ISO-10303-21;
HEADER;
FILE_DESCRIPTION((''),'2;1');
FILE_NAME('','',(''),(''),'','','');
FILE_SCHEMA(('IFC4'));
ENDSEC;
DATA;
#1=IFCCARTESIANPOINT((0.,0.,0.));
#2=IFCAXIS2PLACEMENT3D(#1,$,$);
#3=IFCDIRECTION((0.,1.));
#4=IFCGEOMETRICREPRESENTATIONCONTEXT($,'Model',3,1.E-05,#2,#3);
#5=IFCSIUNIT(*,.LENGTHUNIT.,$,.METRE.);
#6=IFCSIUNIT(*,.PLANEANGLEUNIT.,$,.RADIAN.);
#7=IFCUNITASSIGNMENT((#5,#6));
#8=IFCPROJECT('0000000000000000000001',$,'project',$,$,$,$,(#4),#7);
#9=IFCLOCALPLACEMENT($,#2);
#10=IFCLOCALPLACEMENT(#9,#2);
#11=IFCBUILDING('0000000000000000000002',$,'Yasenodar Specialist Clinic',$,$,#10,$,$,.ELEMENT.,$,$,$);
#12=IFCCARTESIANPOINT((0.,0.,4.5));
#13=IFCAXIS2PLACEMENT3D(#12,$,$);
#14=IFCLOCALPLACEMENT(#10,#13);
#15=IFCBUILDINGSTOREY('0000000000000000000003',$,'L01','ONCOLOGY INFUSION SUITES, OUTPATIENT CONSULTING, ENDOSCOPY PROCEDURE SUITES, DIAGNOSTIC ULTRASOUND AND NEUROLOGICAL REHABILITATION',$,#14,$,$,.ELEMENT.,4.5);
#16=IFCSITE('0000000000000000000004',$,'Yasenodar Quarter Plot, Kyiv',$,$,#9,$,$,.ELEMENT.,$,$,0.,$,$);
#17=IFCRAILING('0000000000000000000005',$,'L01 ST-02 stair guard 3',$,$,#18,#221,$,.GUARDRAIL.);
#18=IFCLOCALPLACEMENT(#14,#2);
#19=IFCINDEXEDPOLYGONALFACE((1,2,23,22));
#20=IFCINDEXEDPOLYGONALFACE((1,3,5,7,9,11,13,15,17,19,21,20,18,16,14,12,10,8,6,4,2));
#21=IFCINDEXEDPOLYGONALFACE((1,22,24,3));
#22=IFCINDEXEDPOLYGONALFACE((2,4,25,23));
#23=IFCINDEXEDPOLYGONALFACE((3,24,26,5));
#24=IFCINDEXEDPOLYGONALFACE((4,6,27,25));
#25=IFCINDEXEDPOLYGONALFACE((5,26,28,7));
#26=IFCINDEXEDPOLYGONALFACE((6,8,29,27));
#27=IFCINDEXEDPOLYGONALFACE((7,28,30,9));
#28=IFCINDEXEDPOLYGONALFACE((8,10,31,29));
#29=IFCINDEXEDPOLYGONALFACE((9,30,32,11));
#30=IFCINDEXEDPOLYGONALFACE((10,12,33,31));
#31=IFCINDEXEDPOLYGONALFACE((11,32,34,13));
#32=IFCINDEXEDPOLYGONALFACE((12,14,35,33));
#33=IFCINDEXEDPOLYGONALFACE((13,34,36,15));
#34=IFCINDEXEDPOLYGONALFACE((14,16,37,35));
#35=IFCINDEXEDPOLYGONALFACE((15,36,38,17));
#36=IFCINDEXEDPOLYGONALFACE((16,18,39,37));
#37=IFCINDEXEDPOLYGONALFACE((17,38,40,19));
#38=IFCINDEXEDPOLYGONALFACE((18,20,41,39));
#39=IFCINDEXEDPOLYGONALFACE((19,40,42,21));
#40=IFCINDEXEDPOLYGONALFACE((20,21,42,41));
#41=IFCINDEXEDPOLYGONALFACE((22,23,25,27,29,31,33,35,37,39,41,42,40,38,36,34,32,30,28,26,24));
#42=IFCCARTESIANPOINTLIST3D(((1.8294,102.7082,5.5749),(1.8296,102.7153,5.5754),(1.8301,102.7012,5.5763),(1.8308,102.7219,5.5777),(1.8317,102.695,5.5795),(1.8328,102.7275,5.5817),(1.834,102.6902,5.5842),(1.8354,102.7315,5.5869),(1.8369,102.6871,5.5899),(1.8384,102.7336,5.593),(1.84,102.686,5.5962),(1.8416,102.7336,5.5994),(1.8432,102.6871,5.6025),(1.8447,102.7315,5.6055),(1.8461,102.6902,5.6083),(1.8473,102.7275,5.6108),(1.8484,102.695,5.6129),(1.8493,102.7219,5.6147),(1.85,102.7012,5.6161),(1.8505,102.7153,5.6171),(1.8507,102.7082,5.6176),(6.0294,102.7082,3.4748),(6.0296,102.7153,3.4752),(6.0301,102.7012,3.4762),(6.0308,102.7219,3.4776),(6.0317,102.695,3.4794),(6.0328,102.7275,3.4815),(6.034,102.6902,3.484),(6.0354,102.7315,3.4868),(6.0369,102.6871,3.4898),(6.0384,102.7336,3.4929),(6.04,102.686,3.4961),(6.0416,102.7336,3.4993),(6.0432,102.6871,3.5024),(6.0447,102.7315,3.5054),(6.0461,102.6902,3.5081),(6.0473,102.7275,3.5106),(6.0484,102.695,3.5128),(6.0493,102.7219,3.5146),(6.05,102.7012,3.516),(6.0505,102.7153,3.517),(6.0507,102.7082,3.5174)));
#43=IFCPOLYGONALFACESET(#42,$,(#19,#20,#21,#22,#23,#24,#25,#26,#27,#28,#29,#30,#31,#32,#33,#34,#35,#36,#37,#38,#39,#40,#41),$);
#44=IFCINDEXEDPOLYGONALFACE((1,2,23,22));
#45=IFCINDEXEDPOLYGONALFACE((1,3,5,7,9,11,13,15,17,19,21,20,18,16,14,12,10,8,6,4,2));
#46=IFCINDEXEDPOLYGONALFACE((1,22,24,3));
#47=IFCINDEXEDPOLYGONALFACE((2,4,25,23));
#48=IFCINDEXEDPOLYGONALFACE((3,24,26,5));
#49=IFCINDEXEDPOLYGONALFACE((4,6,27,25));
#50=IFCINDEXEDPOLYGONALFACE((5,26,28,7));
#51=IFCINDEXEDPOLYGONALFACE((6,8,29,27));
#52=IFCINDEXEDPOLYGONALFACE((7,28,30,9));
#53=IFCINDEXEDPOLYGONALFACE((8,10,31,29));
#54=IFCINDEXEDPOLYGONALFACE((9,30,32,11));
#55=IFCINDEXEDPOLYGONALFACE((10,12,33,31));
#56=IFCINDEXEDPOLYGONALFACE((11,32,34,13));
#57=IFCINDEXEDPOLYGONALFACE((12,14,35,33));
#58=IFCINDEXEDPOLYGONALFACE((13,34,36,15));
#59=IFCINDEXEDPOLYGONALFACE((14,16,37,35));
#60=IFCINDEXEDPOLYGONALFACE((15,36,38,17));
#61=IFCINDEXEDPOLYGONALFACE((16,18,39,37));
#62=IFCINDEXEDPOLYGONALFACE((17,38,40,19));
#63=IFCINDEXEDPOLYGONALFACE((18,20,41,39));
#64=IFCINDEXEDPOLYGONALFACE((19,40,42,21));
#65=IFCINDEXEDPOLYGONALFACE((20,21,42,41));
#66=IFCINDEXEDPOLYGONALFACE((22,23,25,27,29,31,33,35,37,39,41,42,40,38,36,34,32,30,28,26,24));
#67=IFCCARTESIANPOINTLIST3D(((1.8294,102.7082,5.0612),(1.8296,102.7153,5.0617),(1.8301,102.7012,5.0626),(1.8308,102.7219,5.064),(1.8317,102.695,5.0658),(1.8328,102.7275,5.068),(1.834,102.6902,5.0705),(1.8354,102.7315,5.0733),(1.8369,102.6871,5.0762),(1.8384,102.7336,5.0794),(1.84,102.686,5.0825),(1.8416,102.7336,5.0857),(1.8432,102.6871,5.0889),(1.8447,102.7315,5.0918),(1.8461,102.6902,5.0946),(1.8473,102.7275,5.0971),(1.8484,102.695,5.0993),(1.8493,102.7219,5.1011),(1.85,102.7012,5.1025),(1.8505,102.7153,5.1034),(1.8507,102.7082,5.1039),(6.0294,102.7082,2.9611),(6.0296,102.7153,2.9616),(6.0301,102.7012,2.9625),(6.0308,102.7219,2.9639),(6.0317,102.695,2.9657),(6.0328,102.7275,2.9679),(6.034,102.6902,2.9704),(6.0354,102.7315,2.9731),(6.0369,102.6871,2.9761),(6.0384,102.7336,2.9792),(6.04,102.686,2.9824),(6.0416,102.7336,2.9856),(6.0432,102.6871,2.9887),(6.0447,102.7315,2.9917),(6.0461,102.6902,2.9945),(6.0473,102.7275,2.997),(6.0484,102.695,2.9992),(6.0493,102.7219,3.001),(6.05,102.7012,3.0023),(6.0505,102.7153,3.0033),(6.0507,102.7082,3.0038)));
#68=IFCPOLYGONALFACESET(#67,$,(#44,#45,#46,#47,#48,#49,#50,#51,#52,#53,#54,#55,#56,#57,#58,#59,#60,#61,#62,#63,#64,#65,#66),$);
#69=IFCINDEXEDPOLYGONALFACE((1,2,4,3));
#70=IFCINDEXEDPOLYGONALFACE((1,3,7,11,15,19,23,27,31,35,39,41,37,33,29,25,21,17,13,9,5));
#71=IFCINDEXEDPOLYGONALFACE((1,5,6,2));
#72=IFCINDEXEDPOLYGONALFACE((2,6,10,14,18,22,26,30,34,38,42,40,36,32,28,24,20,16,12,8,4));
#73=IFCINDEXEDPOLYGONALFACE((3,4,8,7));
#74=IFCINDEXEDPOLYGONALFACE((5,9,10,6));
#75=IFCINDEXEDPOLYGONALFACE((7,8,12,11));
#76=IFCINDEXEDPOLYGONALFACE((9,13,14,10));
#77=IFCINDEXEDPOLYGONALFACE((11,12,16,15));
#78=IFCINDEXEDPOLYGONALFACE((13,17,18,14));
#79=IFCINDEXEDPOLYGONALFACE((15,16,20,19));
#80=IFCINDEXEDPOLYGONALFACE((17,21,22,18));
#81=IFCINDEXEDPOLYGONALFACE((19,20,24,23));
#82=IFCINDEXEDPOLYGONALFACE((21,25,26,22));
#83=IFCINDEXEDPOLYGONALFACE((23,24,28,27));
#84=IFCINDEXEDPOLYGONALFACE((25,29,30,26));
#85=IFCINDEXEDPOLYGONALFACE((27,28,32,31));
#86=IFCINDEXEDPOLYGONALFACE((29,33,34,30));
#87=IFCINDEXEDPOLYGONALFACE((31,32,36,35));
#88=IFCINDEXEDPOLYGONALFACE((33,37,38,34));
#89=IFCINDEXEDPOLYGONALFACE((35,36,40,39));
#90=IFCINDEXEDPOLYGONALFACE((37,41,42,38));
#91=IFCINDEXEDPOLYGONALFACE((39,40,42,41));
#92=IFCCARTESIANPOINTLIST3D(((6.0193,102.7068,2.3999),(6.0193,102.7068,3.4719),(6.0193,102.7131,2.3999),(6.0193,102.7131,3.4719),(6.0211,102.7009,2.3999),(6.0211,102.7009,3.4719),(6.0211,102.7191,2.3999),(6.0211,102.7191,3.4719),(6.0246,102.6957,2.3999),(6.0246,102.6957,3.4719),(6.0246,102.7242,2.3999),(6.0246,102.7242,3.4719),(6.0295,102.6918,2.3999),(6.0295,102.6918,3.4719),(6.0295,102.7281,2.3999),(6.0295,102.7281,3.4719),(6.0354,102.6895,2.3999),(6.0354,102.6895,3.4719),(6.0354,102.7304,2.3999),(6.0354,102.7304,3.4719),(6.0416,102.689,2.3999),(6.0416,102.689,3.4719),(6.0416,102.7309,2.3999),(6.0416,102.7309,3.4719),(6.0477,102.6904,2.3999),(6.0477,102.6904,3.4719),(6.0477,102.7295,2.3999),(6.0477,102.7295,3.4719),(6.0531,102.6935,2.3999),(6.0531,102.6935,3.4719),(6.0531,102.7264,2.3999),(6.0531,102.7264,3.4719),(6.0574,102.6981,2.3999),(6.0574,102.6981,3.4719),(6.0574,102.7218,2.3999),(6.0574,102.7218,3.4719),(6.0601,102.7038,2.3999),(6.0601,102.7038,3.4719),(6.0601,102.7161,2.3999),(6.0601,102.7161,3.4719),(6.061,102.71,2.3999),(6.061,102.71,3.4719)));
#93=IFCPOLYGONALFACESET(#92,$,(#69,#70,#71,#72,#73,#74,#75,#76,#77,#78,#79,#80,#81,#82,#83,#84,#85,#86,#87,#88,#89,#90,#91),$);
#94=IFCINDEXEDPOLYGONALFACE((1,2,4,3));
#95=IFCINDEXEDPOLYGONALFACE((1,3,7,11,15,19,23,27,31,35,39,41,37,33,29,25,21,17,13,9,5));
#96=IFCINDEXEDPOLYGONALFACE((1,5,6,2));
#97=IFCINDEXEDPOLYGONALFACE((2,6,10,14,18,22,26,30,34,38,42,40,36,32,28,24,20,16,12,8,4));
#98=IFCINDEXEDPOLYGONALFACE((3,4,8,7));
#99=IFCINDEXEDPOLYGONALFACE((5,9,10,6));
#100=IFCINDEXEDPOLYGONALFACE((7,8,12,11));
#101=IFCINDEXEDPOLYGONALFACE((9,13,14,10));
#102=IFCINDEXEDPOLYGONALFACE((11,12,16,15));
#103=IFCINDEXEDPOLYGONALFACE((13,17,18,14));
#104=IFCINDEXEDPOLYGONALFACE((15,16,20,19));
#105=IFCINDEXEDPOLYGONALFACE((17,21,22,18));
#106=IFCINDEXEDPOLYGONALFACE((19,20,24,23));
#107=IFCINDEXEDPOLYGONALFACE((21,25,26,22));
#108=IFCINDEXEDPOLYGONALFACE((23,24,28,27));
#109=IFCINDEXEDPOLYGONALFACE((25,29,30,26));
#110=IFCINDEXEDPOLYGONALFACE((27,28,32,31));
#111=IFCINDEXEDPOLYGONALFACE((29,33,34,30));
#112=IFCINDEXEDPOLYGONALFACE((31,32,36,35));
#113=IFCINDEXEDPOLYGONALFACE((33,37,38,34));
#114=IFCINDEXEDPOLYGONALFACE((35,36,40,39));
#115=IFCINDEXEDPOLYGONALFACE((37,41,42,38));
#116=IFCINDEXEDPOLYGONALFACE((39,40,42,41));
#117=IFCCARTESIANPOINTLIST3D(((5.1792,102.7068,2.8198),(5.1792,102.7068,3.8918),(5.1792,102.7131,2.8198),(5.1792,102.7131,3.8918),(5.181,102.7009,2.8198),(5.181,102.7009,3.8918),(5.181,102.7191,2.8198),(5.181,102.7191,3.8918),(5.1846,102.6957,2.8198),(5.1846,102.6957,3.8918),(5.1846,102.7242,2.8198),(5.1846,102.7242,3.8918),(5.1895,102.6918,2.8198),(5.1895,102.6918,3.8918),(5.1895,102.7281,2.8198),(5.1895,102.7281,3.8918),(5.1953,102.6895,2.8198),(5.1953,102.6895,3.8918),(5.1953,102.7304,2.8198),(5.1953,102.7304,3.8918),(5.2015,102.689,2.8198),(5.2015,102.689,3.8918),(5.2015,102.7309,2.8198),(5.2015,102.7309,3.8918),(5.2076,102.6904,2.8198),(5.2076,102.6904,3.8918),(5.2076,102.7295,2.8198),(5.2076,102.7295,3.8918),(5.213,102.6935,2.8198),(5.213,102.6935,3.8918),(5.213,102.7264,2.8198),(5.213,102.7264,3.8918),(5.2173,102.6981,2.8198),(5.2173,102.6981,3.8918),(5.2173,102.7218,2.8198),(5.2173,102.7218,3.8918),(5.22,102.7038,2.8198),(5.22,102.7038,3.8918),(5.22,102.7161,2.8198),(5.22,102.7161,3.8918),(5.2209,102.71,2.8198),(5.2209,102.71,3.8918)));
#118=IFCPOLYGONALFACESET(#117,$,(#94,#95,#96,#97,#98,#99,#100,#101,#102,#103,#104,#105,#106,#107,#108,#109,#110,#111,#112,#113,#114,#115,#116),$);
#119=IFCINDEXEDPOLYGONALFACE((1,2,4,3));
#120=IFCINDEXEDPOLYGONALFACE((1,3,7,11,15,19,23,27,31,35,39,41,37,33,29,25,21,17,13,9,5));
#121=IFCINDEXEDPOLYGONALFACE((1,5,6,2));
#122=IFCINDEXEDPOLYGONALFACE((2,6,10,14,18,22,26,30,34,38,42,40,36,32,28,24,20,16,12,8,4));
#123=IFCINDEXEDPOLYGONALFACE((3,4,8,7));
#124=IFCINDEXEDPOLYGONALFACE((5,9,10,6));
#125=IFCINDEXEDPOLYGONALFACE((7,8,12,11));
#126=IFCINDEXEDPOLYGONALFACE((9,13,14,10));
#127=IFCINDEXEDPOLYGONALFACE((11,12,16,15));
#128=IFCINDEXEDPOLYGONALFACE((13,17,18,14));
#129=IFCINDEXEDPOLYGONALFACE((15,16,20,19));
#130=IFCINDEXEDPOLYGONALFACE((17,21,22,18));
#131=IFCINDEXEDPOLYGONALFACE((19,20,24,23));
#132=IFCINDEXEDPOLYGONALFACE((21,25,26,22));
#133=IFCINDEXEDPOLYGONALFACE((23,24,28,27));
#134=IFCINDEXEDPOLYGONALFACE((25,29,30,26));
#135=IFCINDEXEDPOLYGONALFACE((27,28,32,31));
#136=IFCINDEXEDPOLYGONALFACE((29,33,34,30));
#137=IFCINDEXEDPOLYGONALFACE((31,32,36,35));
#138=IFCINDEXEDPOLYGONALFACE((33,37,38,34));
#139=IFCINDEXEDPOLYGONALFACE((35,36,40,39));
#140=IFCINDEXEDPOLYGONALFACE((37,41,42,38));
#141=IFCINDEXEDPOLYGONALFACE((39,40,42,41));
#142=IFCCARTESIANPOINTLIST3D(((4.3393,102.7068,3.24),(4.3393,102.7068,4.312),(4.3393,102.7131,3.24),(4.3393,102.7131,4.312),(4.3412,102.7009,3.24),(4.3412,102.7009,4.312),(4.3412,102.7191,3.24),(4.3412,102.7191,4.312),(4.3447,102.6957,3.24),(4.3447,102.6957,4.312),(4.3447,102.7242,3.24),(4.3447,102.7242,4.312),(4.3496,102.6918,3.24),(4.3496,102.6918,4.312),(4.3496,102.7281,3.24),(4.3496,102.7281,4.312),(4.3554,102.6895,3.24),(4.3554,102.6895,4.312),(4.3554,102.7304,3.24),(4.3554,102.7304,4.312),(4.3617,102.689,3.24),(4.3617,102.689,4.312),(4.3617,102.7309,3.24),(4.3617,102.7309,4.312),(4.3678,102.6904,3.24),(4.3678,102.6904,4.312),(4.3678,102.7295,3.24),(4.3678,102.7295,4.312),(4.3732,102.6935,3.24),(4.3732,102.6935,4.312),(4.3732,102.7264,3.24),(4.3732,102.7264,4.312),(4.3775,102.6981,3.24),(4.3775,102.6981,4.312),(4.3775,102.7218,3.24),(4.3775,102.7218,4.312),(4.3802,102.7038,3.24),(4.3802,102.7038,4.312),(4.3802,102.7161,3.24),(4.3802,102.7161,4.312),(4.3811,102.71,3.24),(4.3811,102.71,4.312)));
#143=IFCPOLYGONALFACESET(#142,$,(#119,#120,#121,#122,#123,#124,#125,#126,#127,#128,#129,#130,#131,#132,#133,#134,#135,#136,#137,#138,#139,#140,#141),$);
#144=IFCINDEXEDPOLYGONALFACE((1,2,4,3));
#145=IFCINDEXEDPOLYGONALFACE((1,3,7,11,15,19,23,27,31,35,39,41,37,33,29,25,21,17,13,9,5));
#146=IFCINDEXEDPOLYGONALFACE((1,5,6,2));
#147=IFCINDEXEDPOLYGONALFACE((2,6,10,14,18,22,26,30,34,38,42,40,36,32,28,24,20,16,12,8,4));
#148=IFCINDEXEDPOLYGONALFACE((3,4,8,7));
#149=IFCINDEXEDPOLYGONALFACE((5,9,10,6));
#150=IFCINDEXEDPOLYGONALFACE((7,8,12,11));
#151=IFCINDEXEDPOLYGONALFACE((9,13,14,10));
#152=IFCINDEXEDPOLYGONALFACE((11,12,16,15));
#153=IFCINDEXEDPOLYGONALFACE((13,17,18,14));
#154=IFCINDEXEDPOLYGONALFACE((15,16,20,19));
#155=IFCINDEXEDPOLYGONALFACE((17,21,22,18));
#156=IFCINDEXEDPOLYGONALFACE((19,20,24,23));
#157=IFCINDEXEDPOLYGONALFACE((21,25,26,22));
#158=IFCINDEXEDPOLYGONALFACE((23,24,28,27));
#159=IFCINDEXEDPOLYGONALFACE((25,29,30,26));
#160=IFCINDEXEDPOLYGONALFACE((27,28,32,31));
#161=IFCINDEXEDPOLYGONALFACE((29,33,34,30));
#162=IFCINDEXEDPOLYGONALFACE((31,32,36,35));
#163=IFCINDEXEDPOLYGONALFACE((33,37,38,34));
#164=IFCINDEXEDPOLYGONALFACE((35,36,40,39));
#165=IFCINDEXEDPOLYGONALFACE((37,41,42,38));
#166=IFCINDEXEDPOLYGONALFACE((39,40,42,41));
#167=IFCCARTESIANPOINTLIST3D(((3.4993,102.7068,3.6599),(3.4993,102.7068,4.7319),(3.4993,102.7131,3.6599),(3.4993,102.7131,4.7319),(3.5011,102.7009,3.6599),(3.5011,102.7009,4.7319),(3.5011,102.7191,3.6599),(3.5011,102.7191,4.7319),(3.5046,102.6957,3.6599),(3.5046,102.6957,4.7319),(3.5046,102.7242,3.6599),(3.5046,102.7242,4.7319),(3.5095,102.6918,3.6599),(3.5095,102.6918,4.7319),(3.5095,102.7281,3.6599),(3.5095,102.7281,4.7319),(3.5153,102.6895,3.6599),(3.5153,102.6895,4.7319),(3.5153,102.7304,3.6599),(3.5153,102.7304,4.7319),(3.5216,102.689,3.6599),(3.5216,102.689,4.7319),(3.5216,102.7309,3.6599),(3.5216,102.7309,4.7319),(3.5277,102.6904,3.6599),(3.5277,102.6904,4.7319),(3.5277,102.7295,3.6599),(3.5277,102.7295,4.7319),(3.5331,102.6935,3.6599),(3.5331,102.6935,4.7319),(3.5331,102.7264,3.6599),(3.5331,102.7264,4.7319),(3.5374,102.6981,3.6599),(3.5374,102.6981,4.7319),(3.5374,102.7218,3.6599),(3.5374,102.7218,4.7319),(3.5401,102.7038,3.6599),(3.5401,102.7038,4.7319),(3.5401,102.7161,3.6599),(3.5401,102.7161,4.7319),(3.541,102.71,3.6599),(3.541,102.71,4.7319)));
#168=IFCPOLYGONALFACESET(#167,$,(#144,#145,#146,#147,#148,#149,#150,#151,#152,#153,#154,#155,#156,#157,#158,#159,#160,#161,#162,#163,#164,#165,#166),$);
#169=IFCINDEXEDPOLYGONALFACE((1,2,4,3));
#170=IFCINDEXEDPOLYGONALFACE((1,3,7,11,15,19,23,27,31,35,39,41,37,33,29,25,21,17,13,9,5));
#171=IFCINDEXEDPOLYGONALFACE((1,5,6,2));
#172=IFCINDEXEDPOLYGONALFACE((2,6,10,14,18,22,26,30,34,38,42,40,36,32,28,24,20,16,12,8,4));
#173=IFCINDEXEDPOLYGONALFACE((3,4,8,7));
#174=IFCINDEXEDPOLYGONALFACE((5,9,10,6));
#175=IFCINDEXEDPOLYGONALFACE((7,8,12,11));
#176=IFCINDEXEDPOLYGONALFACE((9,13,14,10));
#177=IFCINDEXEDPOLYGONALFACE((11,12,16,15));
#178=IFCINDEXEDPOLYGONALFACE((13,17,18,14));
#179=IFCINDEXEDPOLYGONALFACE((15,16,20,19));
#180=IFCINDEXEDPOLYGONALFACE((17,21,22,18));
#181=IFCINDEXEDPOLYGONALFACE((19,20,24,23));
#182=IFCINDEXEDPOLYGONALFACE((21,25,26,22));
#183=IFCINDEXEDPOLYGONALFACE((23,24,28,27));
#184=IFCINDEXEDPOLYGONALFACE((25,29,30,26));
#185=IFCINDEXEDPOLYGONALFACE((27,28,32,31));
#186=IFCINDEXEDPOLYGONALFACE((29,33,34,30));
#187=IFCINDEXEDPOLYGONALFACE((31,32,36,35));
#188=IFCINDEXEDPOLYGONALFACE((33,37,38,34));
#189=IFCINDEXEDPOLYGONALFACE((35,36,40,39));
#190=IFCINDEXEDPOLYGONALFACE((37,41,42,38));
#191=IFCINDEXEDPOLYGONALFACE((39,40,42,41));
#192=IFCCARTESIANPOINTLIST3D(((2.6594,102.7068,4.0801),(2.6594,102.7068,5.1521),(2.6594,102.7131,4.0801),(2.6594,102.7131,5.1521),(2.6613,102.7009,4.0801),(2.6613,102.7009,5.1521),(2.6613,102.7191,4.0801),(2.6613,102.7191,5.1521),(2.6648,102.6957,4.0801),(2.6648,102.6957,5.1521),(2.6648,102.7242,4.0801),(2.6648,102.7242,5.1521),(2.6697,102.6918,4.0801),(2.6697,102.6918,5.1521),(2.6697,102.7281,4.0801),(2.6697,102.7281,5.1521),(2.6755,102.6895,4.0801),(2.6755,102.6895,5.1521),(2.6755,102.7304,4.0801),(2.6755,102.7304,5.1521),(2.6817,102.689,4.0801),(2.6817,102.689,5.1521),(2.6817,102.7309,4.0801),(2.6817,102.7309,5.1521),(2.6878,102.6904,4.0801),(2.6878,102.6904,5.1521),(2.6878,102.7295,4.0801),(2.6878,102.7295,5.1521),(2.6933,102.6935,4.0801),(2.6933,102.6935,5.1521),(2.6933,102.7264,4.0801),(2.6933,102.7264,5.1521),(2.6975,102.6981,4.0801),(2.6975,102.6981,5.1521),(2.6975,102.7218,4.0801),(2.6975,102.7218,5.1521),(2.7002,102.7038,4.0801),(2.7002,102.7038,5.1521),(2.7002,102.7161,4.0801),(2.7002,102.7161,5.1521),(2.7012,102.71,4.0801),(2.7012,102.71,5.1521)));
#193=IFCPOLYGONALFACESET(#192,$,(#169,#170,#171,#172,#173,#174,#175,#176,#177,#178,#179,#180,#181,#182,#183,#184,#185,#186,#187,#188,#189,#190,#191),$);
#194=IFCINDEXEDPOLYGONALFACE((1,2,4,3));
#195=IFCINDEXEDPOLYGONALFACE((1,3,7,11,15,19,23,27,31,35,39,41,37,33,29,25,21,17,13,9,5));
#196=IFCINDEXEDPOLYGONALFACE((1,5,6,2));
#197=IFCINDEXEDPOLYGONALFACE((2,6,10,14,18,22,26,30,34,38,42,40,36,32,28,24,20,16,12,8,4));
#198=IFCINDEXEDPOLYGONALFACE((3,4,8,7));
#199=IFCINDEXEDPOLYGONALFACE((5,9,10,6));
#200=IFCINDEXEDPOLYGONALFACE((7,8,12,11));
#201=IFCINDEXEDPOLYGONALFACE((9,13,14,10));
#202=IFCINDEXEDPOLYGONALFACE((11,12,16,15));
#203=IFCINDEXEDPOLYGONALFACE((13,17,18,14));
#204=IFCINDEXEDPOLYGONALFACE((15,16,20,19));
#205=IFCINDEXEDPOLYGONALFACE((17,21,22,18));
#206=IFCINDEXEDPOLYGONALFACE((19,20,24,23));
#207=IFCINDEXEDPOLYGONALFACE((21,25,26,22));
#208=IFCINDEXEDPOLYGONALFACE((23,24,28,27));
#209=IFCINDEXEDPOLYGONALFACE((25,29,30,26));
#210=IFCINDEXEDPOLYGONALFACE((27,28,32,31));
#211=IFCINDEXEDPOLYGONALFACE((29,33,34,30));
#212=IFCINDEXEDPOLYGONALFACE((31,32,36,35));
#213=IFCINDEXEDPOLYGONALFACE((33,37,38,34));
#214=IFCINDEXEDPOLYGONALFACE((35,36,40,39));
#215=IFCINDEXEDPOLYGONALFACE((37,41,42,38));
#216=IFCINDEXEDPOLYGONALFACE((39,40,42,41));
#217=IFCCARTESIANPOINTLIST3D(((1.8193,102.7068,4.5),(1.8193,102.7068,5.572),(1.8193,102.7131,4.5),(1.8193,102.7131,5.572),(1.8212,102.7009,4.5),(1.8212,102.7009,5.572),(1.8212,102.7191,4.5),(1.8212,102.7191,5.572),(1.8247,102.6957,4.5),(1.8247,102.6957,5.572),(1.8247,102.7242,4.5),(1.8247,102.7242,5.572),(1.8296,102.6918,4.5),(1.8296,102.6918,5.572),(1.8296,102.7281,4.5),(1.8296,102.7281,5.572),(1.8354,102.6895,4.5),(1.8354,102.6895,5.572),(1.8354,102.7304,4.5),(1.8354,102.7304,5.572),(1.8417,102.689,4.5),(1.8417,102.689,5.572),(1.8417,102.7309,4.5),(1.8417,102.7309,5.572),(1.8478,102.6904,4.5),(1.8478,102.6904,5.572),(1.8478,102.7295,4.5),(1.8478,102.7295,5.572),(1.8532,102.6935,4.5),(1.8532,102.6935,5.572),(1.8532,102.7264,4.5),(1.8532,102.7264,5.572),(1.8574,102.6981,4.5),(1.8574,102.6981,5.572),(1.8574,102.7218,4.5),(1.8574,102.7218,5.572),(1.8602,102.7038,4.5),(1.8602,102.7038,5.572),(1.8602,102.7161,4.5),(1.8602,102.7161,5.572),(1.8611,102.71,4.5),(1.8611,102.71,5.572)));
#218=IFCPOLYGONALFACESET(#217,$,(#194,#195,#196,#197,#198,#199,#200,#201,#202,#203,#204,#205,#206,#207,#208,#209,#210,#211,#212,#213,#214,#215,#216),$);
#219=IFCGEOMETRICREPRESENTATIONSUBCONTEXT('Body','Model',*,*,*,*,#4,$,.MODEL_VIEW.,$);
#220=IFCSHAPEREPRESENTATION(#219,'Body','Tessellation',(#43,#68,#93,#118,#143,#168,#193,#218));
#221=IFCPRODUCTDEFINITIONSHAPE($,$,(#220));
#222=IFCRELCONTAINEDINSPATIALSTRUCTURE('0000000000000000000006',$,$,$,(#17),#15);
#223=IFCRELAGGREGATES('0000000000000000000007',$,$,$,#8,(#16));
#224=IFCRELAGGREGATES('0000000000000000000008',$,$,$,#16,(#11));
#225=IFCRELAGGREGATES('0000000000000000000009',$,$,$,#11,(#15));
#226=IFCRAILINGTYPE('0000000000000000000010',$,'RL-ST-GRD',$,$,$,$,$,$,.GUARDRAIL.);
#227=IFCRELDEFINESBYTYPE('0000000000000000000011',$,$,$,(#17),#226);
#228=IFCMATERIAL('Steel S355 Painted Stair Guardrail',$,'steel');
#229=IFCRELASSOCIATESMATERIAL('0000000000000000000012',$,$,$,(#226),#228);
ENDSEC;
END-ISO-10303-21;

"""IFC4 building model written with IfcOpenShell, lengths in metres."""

from ifc_helpers import new_model, si_unit, direction, frame, origin, origin_2d, place, context, subcontext, project, spatial, circle, extrude, material, type_object, element, save


model = new_model("IFC4")

# Units and contexts
model_context = context("Model", 3, precision=1e-05, world=origin(), true_north=direction((0.0, 1.0)))
body_context = subcontext(model_context, "Body", "Model", "MODEL_VIEW")
ifc_project = project(units=[si_unit("LENGTHUNIT", "METRE"), si_unit("PLANEANGLEUNIT", "RADIAN")], contexts=[model_context])

# Site, building, storey
site_placement = place(None, origin())
site = spatial("IfcSite", under=ifc_project, at=site_placement, Name="Yasenodar Quarter Plot, Kyiv", CompositionType="ELEMENT", RefElevation=0.0)
building_placement = place(site_placement, origin())
building = spatial("IfcBuilding", under=site, at=building_placement, Name="Yasenodar Specialist Clinic", CompositionType="ELEMENT")
storey_placement = place(building_placement, frame((0.0, 0.0, 4.5)))
storey = spatial("IfcBuildingStorey", under=building, at=storey_placement, Name="L01", Description="ONCOLOGY INFUSION SUITES, OUTPATIENT CONSULTING, ENDOSCOPY PROCEDURE SUITES, DIAGNOSTIC ULTRASOUND AND NEUROLOGICAL REHABILITATION", CompositionType="ELEMENT", Elevation=4.5)

# Railing
ifc_material_1 = material(Name="Steel S355 Painted Stair Guardrail", Category="steel")
railing_type_1 = type_object("IfcRailingType", Name="RL-ST-GRD", PredefinedType="GUARDRAIL", material=ifc_material_1)
railing_1_placement = place(storey_placement, frame((6.04, 102.71, 2.3999)))
element("IfcRailing", 1, at=railing_1_placement, inside=storey, type_object=railing_type_1, Name="L01 ST-02 stair guard 3", PredefinedType="GUARDRAIL", context=body_context, shape_type="SweptSolid", body=[
    extrude(circle(Radius=0.0239, at=origin_2d()), frame((0.0, 0.0, 1.0962), z_axis=(-0.894417, 0.0, 0.447234), x_axis=(0.0, -1.0, 0.0)), (0.0, 0.0, 1.0), 4.6958),
    extrude(circle(Radius=0.0239, at=origin_2d()), frame((0.0, 0.0, 0.5825), z_axis=(-0.894417, 0.0, 0.447234), x_axis=(0.0, -1.0, 0.0)), (0.0, 0.0, 1.0), 4.6958),
    extrude(circle(Radius=0.021, at=origin_2d()), origin(), (0.0, 0.0, 1.0), 1.072),
    extrude(circle(Radius=0.021, at=origin_2d()), frame((-0.8401, 0.0, 0.4199)), (0.0, 0.0, 1.0), 1.072),
    extrude(circle(Radius=0.021, at=origin_2d()), frame((-1.6799, 0.0, 0.8401)), (0.0, 0.0, 1.0), 1.072),
    extrude(circle(Radius=0.021, at=origin_2d()), frame((-2.52, 0.0, 1.26)), (0.0, 0.0, 1.0), 1.072),
    extrude(circle(Radius=0.021, at=origin_2d()), frame((-3.3599, 0.0, 1.6802)), (0.0, 0.0, 1.0), 1.072),
    extrude(circle(Radius=0.021, at=origin_2d()), frame((-4.2, 0.0, 2.1001)), (0.0, 0.0, 1.0), 1.072),
])

save(model, "model.ifc")
